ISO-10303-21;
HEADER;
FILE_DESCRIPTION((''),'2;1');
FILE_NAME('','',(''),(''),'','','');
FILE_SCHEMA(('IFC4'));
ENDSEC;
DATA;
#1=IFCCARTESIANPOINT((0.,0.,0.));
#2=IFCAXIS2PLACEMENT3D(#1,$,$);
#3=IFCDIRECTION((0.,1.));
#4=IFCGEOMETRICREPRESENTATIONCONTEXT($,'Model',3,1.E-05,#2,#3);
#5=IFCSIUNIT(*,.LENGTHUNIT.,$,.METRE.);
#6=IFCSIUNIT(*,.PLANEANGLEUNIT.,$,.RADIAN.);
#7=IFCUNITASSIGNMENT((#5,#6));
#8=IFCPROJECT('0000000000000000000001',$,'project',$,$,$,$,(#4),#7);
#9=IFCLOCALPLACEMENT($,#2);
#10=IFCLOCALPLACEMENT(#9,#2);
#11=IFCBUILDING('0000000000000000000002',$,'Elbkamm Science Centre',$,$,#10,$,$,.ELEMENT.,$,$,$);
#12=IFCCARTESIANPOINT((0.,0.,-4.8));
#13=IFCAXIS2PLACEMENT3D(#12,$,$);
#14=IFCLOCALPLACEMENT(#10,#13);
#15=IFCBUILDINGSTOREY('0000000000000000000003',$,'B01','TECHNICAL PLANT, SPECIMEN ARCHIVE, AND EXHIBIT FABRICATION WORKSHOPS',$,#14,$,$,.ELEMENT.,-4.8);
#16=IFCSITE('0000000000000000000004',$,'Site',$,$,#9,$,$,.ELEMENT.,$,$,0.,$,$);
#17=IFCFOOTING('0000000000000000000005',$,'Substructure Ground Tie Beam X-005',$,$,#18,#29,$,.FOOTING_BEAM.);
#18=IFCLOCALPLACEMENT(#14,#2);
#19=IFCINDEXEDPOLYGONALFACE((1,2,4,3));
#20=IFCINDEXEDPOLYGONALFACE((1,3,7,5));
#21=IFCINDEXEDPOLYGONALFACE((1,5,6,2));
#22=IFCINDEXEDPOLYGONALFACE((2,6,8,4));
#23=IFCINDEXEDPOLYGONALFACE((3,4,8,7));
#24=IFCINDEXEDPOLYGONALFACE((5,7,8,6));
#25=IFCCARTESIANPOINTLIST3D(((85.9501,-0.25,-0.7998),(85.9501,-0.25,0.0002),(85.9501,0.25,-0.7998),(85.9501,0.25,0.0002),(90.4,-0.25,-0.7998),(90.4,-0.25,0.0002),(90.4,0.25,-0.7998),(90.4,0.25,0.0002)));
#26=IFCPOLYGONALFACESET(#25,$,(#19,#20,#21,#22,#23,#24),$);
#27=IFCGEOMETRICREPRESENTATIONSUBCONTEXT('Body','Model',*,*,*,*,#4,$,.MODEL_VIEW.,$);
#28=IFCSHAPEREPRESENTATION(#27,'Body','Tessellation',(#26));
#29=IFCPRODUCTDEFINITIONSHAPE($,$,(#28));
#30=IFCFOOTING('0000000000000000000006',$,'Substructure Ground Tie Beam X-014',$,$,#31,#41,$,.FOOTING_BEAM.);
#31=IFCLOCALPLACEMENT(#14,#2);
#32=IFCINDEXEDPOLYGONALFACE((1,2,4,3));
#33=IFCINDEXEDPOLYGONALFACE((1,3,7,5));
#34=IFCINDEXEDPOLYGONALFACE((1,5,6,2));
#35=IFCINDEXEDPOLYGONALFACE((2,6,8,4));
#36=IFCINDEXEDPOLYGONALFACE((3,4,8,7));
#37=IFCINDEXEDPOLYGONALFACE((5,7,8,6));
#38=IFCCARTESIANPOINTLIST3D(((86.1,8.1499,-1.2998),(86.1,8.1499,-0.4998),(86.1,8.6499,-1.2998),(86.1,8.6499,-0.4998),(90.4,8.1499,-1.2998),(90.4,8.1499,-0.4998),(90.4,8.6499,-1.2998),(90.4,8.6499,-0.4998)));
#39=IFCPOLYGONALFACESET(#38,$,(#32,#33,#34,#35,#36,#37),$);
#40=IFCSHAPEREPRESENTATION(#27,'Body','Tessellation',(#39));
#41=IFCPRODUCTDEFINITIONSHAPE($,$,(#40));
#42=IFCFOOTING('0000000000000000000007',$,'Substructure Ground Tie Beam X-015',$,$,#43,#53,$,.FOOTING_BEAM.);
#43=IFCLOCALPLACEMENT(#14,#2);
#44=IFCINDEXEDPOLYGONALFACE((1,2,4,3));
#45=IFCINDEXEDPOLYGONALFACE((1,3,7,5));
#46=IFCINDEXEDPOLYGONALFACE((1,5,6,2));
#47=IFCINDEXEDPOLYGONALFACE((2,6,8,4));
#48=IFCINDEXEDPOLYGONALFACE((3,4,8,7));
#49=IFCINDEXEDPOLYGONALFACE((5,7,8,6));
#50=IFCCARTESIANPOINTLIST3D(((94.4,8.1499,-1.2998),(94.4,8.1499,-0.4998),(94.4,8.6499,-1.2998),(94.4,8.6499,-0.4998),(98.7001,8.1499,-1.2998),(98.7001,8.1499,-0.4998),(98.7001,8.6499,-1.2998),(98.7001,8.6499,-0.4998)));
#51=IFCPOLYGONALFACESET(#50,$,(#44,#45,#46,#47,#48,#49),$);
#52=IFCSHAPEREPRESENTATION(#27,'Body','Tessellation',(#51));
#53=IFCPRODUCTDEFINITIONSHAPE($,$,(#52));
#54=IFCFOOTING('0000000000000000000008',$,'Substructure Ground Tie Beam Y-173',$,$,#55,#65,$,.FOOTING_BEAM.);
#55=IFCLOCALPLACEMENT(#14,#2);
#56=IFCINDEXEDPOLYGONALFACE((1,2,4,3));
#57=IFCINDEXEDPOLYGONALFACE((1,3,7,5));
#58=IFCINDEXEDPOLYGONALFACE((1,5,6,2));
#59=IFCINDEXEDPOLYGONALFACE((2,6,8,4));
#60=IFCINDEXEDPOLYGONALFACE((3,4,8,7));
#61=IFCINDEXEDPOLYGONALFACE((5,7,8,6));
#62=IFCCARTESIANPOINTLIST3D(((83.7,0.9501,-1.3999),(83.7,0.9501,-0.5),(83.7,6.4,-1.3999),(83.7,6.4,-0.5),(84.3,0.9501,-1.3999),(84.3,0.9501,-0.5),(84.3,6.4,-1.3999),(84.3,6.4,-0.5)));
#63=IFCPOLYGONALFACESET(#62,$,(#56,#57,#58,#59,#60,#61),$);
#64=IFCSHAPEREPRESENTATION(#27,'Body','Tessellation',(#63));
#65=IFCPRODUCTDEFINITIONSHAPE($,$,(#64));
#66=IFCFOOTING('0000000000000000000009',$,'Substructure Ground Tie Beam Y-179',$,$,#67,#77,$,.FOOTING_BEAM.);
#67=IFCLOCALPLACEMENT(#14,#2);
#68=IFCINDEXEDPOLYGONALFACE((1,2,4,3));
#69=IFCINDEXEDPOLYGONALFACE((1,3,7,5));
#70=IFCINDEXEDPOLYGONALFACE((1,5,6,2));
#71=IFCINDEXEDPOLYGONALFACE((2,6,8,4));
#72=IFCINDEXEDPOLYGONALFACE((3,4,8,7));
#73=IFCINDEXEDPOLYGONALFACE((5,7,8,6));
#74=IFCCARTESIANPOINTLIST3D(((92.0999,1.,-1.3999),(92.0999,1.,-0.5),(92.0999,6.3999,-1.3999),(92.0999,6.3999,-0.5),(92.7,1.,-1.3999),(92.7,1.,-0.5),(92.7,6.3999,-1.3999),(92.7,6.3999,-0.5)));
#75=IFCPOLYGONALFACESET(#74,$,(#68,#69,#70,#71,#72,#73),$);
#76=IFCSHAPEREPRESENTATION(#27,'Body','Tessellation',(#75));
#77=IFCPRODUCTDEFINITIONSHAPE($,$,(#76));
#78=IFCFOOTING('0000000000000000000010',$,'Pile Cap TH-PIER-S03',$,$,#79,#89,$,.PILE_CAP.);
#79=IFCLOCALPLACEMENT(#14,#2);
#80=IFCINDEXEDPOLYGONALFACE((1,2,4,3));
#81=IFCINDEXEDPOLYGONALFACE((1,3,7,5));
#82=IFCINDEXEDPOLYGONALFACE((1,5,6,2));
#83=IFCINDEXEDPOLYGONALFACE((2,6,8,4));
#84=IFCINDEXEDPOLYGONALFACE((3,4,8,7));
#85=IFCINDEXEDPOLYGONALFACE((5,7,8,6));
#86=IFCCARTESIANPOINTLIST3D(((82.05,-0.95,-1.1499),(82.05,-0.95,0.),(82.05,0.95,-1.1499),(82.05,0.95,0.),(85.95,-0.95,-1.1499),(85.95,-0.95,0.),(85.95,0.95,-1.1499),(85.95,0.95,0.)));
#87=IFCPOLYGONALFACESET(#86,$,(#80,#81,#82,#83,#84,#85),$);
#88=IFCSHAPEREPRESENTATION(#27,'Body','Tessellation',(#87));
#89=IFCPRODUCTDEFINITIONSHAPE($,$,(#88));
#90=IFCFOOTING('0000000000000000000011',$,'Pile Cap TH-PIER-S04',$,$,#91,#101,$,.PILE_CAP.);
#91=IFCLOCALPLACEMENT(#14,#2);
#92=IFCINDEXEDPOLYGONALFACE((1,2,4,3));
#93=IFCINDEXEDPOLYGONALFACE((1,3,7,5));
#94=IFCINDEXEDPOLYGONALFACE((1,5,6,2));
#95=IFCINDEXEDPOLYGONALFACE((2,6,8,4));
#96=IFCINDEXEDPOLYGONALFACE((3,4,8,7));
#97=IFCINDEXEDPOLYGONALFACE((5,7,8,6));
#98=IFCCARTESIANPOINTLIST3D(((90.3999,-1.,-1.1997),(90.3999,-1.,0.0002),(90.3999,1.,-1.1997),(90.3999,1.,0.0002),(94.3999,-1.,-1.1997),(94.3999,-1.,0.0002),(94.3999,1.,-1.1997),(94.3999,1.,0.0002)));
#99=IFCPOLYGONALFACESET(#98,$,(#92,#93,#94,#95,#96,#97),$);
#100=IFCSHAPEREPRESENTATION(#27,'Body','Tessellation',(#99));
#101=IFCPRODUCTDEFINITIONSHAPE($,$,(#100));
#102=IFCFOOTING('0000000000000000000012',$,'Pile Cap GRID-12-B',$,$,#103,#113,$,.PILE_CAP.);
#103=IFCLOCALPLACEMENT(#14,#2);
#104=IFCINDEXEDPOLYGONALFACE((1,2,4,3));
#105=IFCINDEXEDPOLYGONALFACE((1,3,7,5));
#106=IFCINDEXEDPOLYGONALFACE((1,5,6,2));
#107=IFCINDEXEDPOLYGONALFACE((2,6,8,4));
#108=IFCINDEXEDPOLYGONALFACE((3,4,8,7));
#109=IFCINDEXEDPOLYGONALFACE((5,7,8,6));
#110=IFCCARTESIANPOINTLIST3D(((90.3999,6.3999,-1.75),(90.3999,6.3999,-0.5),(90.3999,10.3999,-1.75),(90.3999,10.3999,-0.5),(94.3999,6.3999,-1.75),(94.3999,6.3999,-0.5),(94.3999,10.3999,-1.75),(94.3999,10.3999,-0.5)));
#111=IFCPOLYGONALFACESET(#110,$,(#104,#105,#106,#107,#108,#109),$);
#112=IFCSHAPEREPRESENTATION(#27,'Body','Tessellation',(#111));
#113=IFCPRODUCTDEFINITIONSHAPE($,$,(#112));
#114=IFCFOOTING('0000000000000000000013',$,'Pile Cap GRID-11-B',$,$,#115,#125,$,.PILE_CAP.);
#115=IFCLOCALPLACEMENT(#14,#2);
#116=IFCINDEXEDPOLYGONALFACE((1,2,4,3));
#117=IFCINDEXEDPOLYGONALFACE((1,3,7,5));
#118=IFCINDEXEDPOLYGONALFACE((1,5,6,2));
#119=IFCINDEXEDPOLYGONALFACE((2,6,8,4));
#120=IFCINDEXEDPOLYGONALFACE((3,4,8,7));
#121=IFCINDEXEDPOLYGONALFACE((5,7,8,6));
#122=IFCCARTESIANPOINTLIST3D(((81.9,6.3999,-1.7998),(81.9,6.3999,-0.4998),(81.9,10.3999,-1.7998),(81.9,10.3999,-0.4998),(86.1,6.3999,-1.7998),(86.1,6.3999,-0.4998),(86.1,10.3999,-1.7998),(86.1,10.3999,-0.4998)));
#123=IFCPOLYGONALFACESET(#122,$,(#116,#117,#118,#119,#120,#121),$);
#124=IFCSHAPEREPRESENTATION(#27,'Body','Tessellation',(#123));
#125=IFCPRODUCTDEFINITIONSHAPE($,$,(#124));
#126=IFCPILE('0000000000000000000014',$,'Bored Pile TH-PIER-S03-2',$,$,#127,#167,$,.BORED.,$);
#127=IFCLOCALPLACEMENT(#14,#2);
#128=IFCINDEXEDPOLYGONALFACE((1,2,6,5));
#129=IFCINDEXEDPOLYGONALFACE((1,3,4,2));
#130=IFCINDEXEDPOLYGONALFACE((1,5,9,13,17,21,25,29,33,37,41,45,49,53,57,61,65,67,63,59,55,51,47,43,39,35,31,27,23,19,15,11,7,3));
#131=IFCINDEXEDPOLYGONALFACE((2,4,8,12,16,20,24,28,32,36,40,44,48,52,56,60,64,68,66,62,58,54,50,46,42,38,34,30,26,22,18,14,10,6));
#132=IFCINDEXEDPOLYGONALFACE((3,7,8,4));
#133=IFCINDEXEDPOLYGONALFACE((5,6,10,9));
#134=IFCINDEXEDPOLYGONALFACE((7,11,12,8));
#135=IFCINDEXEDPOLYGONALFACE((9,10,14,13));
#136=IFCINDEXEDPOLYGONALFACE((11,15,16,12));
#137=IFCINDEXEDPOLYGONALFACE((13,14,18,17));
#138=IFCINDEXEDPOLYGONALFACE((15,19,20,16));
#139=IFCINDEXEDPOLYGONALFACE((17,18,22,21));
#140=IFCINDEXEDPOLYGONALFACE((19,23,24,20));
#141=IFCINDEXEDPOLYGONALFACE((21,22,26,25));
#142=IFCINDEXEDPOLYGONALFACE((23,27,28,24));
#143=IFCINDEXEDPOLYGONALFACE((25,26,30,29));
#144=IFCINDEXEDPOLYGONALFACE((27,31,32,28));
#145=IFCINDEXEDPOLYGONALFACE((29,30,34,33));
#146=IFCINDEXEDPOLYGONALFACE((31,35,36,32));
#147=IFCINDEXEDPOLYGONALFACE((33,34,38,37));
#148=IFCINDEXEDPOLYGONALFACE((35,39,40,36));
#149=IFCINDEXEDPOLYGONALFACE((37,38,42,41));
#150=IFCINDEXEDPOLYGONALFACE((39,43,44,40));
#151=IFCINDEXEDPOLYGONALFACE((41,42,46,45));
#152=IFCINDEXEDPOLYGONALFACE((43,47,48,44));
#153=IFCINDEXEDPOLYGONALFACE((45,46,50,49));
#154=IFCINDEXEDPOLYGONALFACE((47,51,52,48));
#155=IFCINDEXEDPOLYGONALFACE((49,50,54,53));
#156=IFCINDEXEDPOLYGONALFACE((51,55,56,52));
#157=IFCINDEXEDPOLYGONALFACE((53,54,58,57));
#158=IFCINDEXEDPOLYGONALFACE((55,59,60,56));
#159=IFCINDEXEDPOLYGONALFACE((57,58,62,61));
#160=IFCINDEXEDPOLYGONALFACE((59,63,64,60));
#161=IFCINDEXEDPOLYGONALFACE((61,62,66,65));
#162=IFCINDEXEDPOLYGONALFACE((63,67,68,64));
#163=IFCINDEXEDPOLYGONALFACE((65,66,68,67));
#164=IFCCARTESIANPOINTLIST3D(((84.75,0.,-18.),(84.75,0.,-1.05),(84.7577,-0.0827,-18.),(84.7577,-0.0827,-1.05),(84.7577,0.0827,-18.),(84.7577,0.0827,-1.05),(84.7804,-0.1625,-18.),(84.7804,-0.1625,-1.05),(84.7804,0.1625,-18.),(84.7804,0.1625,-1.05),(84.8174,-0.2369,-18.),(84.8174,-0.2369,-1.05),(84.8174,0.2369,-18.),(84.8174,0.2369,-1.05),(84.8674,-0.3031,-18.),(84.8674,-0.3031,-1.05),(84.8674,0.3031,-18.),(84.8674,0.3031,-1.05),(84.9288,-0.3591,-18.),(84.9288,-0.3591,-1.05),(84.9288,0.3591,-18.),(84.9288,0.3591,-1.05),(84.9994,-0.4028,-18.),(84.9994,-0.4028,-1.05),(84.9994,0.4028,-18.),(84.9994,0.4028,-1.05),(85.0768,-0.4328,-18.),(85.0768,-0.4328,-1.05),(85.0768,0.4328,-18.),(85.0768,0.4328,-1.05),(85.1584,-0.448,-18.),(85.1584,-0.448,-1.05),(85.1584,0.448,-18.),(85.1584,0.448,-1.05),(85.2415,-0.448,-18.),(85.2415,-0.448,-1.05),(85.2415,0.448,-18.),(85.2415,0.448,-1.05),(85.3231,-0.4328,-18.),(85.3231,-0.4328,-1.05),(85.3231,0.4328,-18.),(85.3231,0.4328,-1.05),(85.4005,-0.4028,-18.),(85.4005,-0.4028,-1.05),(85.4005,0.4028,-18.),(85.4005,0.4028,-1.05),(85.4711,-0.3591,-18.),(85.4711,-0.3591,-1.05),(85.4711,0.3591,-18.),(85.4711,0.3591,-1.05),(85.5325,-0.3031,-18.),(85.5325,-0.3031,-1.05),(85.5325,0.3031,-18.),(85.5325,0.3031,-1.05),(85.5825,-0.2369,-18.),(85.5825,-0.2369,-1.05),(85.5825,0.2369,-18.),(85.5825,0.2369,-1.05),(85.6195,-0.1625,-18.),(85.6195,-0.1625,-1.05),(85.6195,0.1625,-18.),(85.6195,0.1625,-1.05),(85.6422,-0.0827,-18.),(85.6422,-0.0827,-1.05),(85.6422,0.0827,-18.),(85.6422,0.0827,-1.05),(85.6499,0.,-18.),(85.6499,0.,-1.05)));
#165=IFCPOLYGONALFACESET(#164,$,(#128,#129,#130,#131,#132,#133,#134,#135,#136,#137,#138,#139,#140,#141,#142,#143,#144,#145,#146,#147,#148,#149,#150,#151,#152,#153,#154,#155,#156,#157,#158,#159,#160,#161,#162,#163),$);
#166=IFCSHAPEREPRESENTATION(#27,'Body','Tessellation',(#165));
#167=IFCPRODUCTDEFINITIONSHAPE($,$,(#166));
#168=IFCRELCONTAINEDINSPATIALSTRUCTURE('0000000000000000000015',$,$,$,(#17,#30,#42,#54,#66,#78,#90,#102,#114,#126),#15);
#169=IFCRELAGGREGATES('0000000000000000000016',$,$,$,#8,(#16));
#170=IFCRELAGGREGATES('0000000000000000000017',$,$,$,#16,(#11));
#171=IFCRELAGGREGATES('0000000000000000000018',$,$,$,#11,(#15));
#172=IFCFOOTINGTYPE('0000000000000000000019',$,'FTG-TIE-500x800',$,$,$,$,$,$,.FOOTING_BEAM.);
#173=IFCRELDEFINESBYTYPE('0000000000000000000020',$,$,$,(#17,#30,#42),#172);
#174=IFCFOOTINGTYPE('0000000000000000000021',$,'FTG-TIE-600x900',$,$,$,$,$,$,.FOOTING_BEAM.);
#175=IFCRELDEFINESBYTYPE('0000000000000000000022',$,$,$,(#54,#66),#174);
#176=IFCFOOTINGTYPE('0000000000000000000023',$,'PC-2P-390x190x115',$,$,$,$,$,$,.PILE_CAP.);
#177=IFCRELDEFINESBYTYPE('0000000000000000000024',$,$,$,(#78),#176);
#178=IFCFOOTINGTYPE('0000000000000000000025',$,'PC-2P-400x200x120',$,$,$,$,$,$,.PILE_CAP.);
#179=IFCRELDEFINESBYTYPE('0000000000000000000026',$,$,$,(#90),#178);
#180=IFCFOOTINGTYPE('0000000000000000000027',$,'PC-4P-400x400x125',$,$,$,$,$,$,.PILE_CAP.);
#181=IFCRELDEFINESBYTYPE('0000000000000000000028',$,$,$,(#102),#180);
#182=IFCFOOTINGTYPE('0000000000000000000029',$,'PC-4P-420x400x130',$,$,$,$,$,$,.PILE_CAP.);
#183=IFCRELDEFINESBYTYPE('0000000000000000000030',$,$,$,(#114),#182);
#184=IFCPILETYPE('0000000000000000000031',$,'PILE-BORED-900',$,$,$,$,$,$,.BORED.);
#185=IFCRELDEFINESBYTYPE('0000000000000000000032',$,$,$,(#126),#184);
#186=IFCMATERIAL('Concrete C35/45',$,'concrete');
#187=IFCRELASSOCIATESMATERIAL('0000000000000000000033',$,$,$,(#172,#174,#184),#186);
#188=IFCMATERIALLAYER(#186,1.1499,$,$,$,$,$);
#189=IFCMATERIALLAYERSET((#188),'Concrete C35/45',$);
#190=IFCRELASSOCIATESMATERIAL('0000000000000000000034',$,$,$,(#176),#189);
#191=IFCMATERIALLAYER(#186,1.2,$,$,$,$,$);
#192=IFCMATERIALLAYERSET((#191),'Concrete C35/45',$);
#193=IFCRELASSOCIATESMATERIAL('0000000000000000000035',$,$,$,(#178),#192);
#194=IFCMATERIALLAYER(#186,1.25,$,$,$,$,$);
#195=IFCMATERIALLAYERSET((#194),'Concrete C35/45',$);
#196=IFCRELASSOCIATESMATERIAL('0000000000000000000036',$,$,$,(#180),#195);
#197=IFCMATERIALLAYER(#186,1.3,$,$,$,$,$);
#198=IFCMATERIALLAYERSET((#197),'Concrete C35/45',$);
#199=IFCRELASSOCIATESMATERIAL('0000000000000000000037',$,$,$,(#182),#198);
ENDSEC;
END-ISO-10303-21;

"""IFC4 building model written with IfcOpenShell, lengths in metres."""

from ifc_helpers import new_model, si_unit, direction, frame, origin, origin_2d, place, context, subcontext, project, spatial, rectangle, circle, extrude, material, layer, layer_set, material_profile, profile_set, type_object, element, save


model = new_model("IFC4")

# Units and contexts
model_context = context("Model", 3, precision=1e-05, world=origin(), true_north=direction((0.0, 1.0)))
body_context = subcontext(model_context, "Body", "Model", "MODEL_VIEW")
ifc_project = project(units=[si_unit("LENGTHUNIT", "METRE"), si_unit("PLANEANGLEUNIT", "RADIAN")], contexts=[model_context])

# Site, building, storey
site_placement = place(None, origin())
site = spatial("IfcSite", under=ifc_project, at=site_placement, Name="Site", CompositionType="ELEMENT", RefElevation=0.0)
building_placement = place(site_placement, origin())
building = spatial("IfcBuilding", under=site, at=building_placement, Name="Elbkamm Science Centre", CompositionType="ELEMENT")
storey_placement = place(building_placement, frame((0.0, 0.0, -4.8)))
storey = spatial("IfcBuildingStorey", under=building, at=storey_placement, Name="B01", Description="TECHNICAL PLANT, SPECIMEN ARCHIVE, AND EXHIBIT FABRICATION WORKSHOPS", CompositionType="ELEMENT", Elevation=-4.8)

# Footings
ifc_material_1 = material(Name="Concrete C35/45", Category="concrete")
footing_type_1 = type_object("IfcFootingType", Name="FTG-TIE-500x800", PredefinedType="FOOTING_BEAM", material=ifc_material_1)
footing_1_placement = place(storey_placement, frame((88.175, 0.0, -0.7998), z_axis=(0.0, 0.0, 1.0), x_axis=(1.0, 0.0, 0.0)))
element("IfcFooting", 1, at=footing_1_placement, inside=storey, type_object=footing_type_1, Name="Substructure Ground Tie Beam X-005", PredefinedType="FOOTING_BEAM", context=body_context, shape_type="SweptSolid", body=[
    extrude(rectangle(XDim=4.45, YDim=0.5, at=origin_2d()), origin(), (0.0, 0.0, 1.0), 0.8),
])
for number, where, z_axis, x_axis, name in (
    (2, (88.25, 8.3999, -1.2998), (0.0, 0.0, 1.0), (1.0, 0.0, 0.0), "Substructure Ground Tie Beam X-014"),
    (3, (96.55, 8.3999, -1.2998), (0.0, 0.0, 1.0), (1.0, 0.0, 0.0), "Substructure Ground Tie Beam X-015"),
):
    element("IfcFooting", number, at=place(storey_placement, frame(where, z_axis=z_axis, x_axis=x_axis)), inside=storey, type_object=footing_type_1, Name=name, PredefinedType="FOOTING_BEAM", context=body_context, shape_type="SweptSolid", body=[
        extrude(rectangle(XDim=4.3, YDim=0.5, at=origin_2d()), origin(), (0.0, 0.0, 1.0), 0.8),
    ])
footing_type_2 = type_object("IfcFootingType", Name="FTG-TIE-600x900", PredefinedType="FOOTING_BEAM", material=ifc_material_1)
footing_2_placement = place(storey_placement, frame((84.0, 3.675, -1.3999), z_axis=(0.0, 0.0, 1.0), x_axis=(1.0, 0.0, 0.0)))
element("IfcFooting", 4, at=footing_2_placement, inside=storey, type_object=footing_type_2, Name="Substructure Ground Tie Beam Y-173", PredefinedType="FOOTING_BEAM", context=body_context, shape_type="SweptSolid", body=[
    extrude(rectangle(XDim=0.6001, YDim=5.45, at=origin_2d()), origin(), (0.0, 0.0, 1.0), 0.8999),
])
footing_3_placement = place(storey_placement, frame((92.3999, 3.7, -1.3999), z_axis=(0.0, 0.0, 1.0), x_axis=(1.0, 0.0, 0.0)))
element("IfcFooting", 5, at=footing_3_placement, inside=storey, type_object=footing_type_2, Name="Substructure Ground Tie Beam Y-179", PredefinedType="FOOTING_BEAM", context=body_context, shape_type="SweptSolid", body=[
    extrude(rectangle(XDim=0.6001, YDim=5.3999, at=origin_2d()), origin(), (0.0, 0.0, 1.0), 0.8999),
])
ifc_layer_1 = layer(ifc_material_1, 1.1499)
ifc_layer_set_1 = layer_set([ifc_layer_1], Name="Concrete C35/45")
footing_type_3 = type_object("IfcFootingType", Name="PC-2P-390x190x115", PredefinedType="PILE_CAP", material=ifc_layer_set_1)
footing_4_placement = place(storey_placement, frame((84.0, 0.0, -1.1499), z_axis=(0.0, 0.0, 1.0), x_axis=(1.0, 0.0, 0.0)))
element("IfcFooting", 6, at=footing_4_placement, inside=storey, type_object=footing_type_3, Name="Pile Cap TH-PIER-S03", PredefinedType="PILE_CAP", context=body_context, shape_type="SweptSolid", body=[
    extrude(rectangle(XDim=3.8999, YDim=1.8999, at=origin_2d()), origin(), (0.0, 0.0, 1.0), 1.1499),
])
ifc_layer_2 = layer(ifc_material_1, 1.2)
ifc_layer_set_2 = layer_set([ifc_layer_2], Name="Concrete C35/45")
footing_type_4 = type_object("IfcFootingType", Name="PC-2P-400x200x120", PredefinedType="PILE_CAP", material=ifc_layer_set_2)
footing_5_placement = place(storey_placement, frame((92.3999, 0.0, -1.1997), z_axis=(0.0, 0.0, 1.0), x_axis=(1.0, 0.0, 0.0)))
element("IfcFooting", 7, at=footing_5_placement, inside=storey, type_object=footing_type_4, Name="Pile Cap TH-PIER-S04", PredefinedType="PILE_CAP", context=body_context, shape_type="SweptSolid", body=[
    extrude(rectangle(XDim=4.0, YDim=2.0, at=origin_2d()), origin(), (0.0, 0.0, 1.0), 1.2),
])
ifc_layer_3 = layer(ifc_material_1, 1.25)
ifc_layer_set_3 = layer_set([ifc_layer_3], Name="Concrete C35/45")
footing_type_5 = type_object("IfcFootingType", Name="PC-4P-400x400x125", PredefinedType="PILE_CAP", material=ifc_layer_set_3)
footing_6_placement = place(storey_placement, frame((92.3999, 8.3999, -1.75), z_axis=(0.0, 0.0, 1.0), x_axis=(1.0, 0.0, 0.0)))
element("IfcFooting", 8, at=footing_6_placement, inside=storey, type_object=footing_type_5, Name="Pile Cap GRID-12-B", PredefinedType="PILE_CAP", context=body_context, shape_type="SweptSolid", body=[
    extrude(rectangle(XDim=4.0, YDim=4.0, at=origin_2d()), origin(), (0.0, 0.0, 1.0), 1.25),
])
ifc_layer_4 = layer(ifc_material_1, 1.3)
ifc_layer_set_4 = layer_set([ifc_layer_4], Name="Concrete C35/45")
footing_type_6 = type_object("IfcFootingType", Name="PC-4P-420x400x130", PredefinedType="PILE_CAP", material=ifc_layer_set_4)
footing_7_placement = place(storey_placement, frame((84.0, 8.3999, -1.7998), z_axis=(0.0, 0.0, 1.0), x_axis=(1.0, 0.0, 0.0)))
element("IfcFooting", 9, at=footing_7_placement, inside=storey, type_object=footing_type_6, Name="Pile Cap GRID-11-B", PredefinedType="PILE_CAP", context=body_context, shape_type="SweptSolid", body=[
    extrude(rectangle(XDim=4.2, YDim=4.0, at=origin_2d()), origin(), (0.0, 0.0, 1.0), 1.3),
])

# Pile
ifc_material_profile_1 = material_profile(ifc_material_1, circle(Radius=0.45, at=origin_2d()), Name="PILE D900")
ifc_profile_set_1 = profile_set([ifc_material_profile_1], Name="Concrete C35/45")
pile_type = type_object("IfcPileType", Name="PILE-BORED-900", PredefinedType="BORED", material=ifc_profile_set_1)
pile_placement = place(storey_placement, frame((85.2, 0.0, -1.05), z_axis=(0.0, 0.0, -1.0), x_axis=(1.0, 0.0, 0.0)))
element("IfcPile", 10, at=pile_placement, inside=storey, type_object=pile_type, Name="Bored Pile TH-PIER-S03-2", PredefinedType="BORED", context=body_context, shape_type="SweptSolid", body=[
    extrude(circle(Radius=0.45, at=origin_2d()), origin(), (0.0, 0.0, 1.0), 16.95),
])

save(model, "model.ifc")
